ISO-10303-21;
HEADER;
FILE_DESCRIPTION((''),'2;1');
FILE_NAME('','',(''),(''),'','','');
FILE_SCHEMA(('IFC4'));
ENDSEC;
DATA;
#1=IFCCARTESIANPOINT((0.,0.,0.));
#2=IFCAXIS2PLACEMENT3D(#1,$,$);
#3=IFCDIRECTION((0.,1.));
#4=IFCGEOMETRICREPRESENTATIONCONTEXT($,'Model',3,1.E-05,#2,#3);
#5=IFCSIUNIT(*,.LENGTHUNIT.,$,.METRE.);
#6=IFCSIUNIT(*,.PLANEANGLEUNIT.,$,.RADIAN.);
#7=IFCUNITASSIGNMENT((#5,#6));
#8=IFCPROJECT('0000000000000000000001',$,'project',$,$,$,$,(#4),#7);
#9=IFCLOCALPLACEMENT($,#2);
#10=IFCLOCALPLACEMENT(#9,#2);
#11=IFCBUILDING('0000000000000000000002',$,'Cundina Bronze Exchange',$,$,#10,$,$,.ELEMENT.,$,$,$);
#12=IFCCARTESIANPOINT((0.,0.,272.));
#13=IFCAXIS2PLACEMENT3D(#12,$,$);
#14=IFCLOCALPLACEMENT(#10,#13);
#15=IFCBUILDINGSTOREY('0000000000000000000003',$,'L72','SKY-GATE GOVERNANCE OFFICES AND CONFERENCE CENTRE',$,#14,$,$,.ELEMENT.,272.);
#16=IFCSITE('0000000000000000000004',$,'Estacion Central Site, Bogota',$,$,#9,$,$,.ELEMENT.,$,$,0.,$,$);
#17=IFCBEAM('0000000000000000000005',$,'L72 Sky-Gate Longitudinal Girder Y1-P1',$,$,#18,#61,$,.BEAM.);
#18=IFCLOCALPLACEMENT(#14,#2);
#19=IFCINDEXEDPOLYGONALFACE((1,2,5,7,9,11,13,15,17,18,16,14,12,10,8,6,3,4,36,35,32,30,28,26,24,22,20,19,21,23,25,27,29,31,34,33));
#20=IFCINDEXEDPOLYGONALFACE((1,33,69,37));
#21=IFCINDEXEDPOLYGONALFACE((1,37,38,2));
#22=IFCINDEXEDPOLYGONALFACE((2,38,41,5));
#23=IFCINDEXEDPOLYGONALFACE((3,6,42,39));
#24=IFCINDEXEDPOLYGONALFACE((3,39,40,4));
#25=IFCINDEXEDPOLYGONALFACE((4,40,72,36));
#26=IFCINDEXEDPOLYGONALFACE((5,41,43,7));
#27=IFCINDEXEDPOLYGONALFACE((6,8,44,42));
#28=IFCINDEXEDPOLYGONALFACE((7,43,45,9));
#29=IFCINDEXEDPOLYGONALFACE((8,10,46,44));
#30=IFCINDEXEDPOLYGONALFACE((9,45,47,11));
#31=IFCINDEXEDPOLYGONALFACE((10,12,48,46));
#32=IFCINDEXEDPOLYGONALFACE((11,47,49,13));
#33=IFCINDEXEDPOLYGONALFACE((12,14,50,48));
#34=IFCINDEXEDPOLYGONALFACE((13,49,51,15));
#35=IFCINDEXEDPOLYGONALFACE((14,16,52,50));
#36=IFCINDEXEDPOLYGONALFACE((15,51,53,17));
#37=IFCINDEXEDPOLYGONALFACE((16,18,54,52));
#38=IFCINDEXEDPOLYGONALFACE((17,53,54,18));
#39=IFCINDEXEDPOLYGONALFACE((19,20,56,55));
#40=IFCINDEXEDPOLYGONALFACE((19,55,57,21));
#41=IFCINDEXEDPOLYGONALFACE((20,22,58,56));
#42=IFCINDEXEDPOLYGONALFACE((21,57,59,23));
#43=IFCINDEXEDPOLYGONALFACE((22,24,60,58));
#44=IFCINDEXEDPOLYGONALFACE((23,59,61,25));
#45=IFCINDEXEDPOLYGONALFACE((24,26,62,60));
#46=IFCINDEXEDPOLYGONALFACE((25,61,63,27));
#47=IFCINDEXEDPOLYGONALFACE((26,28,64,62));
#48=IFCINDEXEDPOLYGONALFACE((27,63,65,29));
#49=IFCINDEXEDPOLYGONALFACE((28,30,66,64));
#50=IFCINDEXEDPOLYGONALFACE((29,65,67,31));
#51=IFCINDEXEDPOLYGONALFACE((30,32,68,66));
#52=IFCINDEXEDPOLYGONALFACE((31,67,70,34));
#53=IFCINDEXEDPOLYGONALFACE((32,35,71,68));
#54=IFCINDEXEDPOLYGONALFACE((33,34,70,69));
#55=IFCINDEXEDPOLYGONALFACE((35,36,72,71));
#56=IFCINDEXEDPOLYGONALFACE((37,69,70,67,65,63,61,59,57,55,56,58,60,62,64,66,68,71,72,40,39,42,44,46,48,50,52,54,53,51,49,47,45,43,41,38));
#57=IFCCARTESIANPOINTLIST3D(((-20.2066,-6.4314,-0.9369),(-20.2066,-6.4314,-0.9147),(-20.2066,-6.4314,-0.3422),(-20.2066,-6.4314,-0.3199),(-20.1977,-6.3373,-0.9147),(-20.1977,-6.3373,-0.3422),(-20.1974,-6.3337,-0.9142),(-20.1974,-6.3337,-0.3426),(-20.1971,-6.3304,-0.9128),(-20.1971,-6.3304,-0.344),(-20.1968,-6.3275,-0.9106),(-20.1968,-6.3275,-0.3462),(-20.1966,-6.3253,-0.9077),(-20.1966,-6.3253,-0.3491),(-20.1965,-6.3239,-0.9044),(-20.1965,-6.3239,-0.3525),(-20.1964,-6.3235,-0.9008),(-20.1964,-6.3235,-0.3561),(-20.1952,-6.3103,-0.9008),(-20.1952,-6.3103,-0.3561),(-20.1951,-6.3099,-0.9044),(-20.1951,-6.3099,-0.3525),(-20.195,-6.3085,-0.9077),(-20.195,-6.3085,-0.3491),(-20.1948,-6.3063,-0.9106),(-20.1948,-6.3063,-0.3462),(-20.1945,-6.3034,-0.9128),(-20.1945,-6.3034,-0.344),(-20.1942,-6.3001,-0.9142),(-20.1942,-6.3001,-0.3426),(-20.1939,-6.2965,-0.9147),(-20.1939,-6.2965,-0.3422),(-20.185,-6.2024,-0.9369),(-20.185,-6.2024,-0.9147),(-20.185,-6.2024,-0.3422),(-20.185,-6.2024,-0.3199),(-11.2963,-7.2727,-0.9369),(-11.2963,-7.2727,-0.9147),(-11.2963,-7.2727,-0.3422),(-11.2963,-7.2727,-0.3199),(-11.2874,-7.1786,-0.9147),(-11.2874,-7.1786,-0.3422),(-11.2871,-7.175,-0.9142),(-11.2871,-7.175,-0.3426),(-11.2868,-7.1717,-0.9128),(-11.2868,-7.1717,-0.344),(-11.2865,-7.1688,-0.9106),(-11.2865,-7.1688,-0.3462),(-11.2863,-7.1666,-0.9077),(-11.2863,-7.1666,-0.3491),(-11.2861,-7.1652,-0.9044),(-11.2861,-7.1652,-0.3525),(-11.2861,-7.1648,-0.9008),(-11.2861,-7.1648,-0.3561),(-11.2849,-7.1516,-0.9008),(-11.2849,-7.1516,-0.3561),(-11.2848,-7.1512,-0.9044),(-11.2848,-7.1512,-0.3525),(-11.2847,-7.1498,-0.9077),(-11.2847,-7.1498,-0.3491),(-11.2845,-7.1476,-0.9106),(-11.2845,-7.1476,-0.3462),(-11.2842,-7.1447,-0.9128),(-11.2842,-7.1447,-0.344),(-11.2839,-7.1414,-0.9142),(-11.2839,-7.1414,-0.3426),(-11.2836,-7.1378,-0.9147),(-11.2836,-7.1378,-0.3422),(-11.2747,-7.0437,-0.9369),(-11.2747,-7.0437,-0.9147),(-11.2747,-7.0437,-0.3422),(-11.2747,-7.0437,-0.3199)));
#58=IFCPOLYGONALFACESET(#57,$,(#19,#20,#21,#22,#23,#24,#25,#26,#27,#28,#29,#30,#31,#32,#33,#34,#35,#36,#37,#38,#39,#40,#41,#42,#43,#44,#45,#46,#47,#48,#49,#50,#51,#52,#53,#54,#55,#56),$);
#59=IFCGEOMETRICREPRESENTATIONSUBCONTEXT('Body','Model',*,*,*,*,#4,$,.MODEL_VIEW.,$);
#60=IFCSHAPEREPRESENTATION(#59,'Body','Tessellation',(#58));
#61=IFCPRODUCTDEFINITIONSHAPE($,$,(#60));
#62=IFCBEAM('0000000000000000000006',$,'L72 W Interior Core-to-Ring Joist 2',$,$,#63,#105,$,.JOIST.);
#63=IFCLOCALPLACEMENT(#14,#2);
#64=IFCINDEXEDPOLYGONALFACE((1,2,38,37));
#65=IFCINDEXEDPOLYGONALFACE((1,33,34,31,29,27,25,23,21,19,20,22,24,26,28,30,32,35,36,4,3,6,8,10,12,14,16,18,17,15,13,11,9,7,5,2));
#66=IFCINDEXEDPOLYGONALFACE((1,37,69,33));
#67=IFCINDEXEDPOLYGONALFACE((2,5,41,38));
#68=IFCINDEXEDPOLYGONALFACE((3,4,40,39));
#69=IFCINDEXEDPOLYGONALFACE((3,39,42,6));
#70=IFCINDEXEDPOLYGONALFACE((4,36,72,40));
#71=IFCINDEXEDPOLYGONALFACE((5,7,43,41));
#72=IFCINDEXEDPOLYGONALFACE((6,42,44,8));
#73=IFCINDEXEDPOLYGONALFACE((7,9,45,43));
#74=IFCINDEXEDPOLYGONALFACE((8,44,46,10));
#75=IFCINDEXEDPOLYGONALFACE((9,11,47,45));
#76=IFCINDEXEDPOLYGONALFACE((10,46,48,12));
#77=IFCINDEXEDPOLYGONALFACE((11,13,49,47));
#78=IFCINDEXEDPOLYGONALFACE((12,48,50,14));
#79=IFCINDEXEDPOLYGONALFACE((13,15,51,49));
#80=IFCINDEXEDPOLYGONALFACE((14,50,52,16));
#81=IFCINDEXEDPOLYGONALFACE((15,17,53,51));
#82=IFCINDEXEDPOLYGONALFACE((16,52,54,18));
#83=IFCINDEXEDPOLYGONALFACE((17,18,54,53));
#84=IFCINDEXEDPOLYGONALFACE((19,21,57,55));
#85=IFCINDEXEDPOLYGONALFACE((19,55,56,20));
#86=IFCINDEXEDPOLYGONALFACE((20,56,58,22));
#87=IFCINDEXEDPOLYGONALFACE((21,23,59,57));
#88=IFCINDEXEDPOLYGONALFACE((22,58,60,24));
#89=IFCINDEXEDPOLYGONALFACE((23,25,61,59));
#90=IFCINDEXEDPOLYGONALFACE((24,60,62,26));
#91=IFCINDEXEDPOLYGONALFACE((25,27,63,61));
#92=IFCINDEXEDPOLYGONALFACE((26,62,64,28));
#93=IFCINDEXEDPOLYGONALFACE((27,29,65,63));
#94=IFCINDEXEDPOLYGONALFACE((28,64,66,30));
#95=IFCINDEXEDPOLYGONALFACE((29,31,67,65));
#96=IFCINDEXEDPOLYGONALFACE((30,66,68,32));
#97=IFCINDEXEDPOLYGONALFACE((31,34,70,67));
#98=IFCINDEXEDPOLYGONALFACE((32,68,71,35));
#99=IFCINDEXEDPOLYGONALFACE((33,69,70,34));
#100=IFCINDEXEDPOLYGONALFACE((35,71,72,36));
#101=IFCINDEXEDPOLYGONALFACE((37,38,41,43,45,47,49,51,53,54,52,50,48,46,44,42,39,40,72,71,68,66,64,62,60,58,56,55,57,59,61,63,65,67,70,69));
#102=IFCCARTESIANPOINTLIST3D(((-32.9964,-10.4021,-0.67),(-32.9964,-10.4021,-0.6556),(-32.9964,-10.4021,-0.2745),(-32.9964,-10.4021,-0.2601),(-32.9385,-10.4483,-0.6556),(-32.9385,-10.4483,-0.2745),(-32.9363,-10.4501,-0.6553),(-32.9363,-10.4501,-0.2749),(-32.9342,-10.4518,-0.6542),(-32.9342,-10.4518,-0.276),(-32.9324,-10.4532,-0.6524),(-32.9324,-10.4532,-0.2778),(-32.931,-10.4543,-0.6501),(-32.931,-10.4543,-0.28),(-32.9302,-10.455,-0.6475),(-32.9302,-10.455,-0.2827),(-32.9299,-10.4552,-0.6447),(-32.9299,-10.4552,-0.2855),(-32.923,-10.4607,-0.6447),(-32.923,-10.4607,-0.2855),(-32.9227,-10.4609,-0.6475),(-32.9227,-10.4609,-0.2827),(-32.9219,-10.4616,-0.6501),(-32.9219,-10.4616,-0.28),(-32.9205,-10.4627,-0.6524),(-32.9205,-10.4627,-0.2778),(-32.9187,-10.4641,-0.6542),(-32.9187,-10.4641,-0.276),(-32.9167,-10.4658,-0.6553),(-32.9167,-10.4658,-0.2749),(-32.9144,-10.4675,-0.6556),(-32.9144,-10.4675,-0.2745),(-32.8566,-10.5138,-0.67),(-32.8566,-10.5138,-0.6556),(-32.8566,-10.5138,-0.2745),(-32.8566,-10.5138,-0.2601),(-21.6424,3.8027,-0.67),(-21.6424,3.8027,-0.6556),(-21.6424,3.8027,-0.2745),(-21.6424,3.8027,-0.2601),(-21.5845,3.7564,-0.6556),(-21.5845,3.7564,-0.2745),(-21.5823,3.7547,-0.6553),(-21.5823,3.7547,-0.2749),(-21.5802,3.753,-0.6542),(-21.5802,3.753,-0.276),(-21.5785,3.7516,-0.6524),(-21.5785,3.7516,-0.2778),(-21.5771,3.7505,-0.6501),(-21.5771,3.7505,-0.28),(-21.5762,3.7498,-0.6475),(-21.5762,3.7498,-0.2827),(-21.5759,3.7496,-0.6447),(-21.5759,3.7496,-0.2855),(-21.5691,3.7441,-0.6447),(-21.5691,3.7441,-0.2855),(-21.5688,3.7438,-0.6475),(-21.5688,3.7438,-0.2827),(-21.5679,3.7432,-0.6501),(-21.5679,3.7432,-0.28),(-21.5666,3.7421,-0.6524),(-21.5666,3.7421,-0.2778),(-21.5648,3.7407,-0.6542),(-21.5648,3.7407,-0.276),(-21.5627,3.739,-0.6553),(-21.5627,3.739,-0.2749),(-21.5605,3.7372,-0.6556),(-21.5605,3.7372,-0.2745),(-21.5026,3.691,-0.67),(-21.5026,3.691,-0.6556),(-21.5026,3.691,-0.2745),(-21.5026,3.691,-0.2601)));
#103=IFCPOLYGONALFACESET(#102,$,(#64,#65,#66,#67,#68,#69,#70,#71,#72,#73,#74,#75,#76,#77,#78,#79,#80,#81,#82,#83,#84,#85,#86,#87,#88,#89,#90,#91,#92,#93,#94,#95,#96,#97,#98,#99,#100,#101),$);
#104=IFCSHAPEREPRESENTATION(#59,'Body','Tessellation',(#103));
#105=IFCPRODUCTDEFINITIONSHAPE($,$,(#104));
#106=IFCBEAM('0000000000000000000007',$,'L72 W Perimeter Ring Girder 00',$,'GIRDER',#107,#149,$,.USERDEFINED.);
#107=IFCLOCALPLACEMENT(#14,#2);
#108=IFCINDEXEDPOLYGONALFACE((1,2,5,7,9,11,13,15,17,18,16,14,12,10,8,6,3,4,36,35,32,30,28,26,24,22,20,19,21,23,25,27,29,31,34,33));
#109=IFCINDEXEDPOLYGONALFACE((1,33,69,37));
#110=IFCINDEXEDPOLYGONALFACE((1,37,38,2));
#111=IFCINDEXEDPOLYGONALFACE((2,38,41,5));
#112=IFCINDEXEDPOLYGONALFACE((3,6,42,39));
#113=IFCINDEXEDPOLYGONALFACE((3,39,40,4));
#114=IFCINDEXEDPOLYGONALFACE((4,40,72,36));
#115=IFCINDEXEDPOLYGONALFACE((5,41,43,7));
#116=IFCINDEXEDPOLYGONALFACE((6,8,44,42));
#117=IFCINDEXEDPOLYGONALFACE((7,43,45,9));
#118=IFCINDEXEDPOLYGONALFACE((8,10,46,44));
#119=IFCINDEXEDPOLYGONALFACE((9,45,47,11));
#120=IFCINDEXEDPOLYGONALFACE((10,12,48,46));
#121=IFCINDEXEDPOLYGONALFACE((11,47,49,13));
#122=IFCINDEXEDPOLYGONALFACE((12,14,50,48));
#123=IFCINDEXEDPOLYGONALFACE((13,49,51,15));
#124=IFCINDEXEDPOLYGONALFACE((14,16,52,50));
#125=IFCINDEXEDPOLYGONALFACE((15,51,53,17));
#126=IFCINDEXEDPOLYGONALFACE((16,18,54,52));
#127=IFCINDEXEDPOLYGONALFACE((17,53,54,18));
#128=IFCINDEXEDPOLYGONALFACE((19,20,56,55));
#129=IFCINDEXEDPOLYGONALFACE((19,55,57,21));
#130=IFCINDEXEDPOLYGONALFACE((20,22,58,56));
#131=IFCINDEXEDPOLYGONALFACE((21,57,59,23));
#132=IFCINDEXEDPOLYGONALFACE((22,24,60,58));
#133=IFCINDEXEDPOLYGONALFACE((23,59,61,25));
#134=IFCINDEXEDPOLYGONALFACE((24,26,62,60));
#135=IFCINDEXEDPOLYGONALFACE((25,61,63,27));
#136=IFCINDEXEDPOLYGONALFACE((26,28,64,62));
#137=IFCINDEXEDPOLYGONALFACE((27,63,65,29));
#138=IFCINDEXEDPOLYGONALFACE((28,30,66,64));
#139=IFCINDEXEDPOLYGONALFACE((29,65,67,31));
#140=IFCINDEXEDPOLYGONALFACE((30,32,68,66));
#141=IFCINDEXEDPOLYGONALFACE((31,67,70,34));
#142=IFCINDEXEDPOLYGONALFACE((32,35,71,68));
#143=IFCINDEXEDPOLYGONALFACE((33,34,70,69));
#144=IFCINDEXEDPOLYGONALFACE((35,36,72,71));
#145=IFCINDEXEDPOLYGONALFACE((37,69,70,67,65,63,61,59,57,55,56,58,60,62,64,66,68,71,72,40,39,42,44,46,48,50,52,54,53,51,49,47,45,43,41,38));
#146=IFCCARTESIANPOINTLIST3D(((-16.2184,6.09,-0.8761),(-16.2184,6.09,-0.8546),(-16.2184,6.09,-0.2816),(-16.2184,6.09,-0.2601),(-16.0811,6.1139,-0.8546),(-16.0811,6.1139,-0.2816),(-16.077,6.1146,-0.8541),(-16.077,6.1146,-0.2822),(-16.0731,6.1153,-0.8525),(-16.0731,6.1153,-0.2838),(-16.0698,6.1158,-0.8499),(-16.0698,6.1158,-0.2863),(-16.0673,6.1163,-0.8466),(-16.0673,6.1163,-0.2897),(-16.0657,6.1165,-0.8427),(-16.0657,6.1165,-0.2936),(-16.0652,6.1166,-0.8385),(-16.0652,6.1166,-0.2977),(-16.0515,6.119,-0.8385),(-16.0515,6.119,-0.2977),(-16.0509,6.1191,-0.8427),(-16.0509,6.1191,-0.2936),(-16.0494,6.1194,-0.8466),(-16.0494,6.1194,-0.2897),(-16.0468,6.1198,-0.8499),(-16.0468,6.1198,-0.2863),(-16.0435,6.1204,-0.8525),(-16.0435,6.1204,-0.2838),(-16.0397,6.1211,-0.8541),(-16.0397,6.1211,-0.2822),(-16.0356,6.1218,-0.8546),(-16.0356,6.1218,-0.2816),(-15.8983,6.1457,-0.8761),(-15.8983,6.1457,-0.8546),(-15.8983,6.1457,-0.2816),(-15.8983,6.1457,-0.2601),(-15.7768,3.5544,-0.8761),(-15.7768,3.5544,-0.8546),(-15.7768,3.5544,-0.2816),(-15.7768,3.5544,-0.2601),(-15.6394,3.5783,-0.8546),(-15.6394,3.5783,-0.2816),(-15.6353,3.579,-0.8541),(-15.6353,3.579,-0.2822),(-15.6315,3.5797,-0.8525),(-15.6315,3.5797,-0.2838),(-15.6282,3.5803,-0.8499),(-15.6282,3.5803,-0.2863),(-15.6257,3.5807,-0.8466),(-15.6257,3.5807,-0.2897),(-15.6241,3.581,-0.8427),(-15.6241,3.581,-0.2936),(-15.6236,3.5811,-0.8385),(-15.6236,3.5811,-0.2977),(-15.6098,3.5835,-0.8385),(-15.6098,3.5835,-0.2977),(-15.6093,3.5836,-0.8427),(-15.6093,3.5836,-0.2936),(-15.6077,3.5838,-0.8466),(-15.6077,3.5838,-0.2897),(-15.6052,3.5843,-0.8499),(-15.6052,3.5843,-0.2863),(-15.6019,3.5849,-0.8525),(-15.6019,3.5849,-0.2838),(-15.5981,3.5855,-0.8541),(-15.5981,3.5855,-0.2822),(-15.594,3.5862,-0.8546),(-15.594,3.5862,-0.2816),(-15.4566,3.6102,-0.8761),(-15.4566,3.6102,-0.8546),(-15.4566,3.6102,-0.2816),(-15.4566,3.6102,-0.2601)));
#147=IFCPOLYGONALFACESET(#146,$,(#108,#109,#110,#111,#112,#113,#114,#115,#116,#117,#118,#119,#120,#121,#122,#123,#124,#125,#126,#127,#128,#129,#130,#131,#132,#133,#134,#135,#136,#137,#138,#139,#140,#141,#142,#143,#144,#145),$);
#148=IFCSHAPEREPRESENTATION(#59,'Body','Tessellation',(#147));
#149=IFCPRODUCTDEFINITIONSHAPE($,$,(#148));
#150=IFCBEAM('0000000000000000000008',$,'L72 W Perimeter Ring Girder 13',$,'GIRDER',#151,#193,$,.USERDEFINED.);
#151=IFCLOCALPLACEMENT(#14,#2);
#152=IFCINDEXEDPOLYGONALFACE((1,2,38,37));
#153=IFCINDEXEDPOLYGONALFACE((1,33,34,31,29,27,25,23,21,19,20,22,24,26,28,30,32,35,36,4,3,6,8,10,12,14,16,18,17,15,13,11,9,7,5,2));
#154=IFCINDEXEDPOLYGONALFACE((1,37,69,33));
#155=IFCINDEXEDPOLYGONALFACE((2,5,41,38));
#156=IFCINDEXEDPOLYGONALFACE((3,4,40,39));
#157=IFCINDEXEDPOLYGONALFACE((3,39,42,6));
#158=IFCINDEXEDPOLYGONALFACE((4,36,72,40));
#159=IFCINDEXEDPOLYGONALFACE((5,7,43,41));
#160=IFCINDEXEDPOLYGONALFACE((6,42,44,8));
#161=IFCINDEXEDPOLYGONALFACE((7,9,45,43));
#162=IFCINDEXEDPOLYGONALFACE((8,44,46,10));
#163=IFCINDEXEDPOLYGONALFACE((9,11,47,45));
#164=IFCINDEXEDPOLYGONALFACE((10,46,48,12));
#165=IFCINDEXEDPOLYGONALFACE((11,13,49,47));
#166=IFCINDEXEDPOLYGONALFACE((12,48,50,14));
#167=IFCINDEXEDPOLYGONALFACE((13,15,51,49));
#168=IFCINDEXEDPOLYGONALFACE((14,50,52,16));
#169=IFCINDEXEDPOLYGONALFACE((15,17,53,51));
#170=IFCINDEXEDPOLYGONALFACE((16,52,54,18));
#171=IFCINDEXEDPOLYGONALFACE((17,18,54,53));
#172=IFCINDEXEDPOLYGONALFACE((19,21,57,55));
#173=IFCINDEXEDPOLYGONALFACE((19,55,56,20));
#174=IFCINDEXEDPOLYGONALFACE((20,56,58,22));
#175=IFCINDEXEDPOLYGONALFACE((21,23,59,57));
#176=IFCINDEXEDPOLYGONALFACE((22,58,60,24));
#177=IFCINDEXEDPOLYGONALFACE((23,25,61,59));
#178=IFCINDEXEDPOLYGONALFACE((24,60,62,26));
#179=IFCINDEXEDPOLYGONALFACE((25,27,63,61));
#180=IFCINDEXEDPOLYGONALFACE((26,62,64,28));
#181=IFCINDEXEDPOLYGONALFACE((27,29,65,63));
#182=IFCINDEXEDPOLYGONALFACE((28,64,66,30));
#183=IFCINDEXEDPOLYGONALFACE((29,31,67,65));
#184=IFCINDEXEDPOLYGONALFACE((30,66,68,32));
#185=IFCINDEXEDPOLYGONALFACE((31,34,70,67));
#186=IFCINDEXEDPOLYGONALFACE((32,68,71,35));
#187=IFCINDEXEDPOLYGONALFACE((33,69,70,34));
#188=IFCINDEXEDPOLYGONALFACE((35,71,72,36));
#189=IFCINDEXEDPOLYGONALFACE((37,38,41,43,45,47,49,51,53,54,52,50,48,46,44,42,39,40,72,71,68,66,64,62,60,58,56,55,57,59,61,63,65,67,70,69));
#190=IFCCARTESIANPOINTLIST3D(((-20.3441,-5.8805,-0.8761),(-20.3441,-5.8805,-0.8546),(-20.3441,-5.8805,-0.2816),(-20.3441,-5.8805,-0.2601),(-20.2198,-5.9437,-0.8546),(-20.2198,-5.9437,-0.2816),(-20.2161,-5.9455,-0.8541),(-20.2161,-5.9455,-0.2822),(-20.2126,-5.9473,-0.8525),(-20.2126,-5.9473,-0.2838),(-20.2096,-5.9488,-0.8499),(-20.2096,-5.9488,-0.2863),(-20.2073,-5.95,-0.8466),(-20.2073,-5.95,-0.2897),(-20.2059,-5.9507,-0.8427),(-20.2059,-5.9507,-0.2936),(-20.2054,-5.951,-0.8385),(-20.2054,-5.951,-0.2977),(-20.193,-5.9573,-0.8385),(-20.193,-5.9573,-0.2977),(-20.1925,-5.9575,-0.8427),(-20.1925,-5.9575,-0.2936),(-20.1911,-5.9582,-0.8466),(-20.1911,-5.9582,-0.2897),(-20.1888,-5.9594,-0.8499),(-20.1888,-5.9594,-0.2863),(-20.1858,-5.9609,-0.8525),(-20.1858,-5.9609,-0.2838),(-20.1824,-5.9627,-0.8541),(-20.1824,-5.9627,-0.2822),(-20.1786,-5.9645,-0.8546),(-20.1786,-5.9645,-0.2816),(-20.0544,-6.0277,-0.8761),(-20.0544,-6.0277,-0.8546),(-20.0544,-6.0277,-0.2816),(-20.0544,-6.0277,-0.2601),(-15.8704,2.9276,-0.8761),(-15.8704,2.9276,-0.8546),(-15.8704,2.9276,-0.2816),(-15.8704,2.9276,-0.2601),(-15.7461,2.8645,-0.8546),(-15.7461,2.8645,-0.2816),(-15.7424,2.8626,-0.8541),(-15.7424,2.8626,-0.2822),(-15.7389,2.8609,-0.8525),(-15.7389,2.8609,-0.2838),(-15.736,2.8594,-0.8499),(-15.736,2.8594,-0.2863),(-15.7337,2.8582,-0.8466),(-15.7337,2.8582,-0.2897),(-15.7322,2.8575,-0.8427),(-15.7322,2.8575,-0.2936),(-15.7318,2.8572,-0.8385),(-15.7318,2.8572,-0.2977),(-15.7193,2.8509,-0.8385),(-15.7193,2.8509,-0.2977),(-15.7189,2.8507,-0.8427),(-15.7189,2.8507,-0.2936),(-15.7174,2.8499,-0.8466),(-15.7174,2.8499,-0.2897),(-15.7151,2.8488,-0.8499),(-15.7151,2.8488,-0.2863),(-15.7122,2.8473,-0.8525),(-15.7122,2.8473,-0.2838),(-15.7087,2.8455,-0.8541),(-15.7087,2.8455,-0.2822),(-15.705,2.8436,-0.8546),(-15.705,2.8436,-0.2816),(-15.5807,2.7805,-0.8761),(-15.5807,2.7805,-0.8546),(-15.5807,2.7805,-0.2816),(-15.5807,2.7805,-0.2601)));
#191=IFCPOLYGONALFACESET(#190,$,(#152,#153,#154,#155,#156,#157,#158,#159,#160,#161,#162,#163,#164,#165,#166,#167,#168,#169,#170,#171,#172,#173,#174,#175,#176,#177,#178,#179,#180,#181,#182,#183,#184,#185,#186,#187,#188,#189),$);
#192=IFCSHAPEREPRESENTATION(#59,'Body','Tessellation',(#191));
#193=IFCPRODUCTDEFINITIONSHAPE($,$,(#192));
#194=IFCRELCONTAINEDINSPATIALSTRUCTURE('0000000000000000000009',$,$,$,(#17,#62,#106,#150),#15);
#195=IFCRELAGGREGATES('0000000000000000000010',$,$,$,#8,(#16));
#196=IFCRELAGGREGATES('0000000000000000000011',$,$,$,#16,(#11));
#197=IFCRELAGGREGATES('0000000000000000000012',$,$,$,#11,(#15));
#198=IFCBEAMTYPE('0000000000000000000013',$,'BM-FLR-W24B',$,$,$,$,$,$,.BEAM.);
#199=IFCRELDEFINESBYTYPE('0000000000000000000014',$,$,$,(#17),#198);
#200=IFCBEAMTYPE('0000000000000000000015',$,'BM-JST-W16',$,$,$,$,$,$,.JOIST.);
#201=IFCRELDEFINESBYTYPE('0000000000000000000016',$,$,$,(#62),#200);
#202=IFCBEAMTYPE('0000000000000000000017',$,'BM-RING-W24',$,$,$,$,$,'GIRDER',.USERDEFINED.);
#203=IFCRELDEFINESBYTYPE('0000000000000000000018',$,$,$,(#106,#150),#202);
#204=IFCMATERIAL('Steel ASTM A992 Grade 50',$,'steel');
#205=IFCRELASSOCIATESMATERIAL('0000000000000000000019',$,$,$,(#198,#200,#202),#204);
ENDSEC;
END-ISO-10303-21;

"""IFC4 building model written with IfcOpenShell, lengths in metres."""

from ifc_helpers import new_model, si_unit, direction, frame, origin, origin_2d, place, context, subcontext, project, spatial, i_section, extrude, material, material_profile, profile_set, type_object, element, save


model = new_model("IFC4")

# Units and contexts
model_context = context("Model", 3, precision=1e-05, world=origin(), true_north=direction((0.0, 1.0)))
body_context = subcontext(model_context, "Body", "Model", "MODEL_VIEW")
ifc_project = project(units=[si_unit("LENGTHUNIT", "METRE"), si_unit("PLANEANGLEUNIT", "RADIAN")], contexts=[model_context])

# Site, building, storey
site_placement = place(None, origin())
site = spatial("IfcSite", under=ifc_project, at=site_placement, Name="Estacion Central Site, Bogota", CompositionType="ELEMENT", RefElevation=0.0)
building_placement = place(site_placement, origin())
building = spatial("IfcBuilding", under=site, at=building_placement, Name="Cundina Bronze Exchange", CompositionType="ELEMENT")
storey_placement = place(building_placement, frame((0.0, 0.0, 272.0)))
storey = spatial("IfcBuildingStorey", under=building, at=storey_placement, Name="L72", Description="SKY-GATE GOVERNANCE OFFICES AND CONFERENCE CENTRE", CompositionType="ELEMENT", Elevation=272.0)

# Shared definitions
ifc_material_1 = material(Name="Steel ASTM A992 Grade 50", Category="steel")

# Beams
ifc_material_profile_1 = material_profile(ifc_material_1, i_section(OverallWidth=0.23, OverallDepth=0.6169, WebThickness=0.0132, FlangeThickness=0.0222, FilletRadius=0.0139, at=origin_2d()), Name="W24X94", Category="steel")
ifc_profile_set_1 = profile_set([ifc_material_profile_1], Name="Steel ASTM A992 Grade 50")
beam_type_1 = type_object("IfcBeamType", Name="BM-FLR-W24B", PredefinedType="BEAM", material=ifc_profile_set_1)
beam_1_placement = place(storey_placement, frame((-20.1958, -6.3169, -0.6284), z_axis=(0.995572, -0.094001, 0.0), x_axis=(0.094001, 0.995572, 0.0)))
element("IfcBeam", 1, at=beam_1_placement, inside=storey, type_object=beam_type_1, Name="L72 Sky-Gate Longitudinal Girder Y1-P1", PredefinedType="BEAM", context=body_context, shape_type="SweptSolid", body=[
    extrude(i_section(OverallWidth=0.23, OverallDepth=0.6169, WebThickness=0.0132, FlangeThickness=0.0222, FilletRadius=0.0139, at=origin_2d()), origin(), (0.0, 0.0, 1.0), 8.95),
])
ifc_material_profile_2 = material_profile(ifc_material_1, i_section(OverallWidth=0.179, OverallDepth=0.4099, WebThickness=0.0088, FlangeThickness=0.0144, FilletRadius=0.011, at=origin_2d()), Name="W16X45", Category="steel")
ifc_profile_set_2 = profile_set([ifc_material_profile_2], Name="Steel ASTM A992 Grade 50")
beam_type_2 = type_object("IfcBeamType", Name="BM-JST-W16", PredefinedType="JOIST", material=ifc_profile_set_2)
beam_2_placement = place(storey_placement, frame((-21.5725, 3.7468, -0.4651), z_axis=(-0.624364, -0.781133, 0.0), x_axis=(0.781133, -0.624364, 0.0)))
element("IfcBeam", 2, at=beam_2_placement, inside=storey, type_object=beam_type_2, Name="L72 W Interior Core-to-Ring Joist 2", PredefinedType="JOIST", context=body_context, shape_type="SweptSolid", body=[
    extrude(i_section(OverallWidth=0.179, OverallDepth=0.4099, WebThickness=0.0088, FlangeThickness=0.0144, FilletRadius=0.011, at=origin_2d()), origin(), (0.0, 0.0, 1.0), 18.1848),
])
ifc_material_profile_3 = material_profile(ifc_material_1, i_section(OverallWidth=0.325, OverallDepth=0.616, WebThickness=0.0139, FlangeThickness=0.0215, FilletRadius=0.0161, at=origin_2d()), Name="W24X117", Category="steel")
ifc_profile_set_3 = profile_set([ifc_material_profile_3], Name="Steel ASTM A992 Grade 50")
beam_type_3 = type_object("IfcBeamType", Name="BM-RING-W24", ElementType="GIRDER", PredefinedType="USERDEFINED", material=ifc_profile_set_3)
beam_3_placement = place(storey_placement, frame((-15.6167, 3.5823, -0.5681), z_axis=(-0.171593, 0.985168, 0.0), x_axis=(-0.985168, -0.171593, 0.0)))
element("IfcBeam", 3, at=beam_3_placement, inside=storey, type_object=beam_type_3, Name="L72 W Perimeter Ring Girder 00", ObjectType="GIRDER", PredefinedType="USERDEFINED", context=body_context, shape_type="SweptSolid", body=[
    extrude(i_section(OverallWidth=0.325, OverallDepth=0.616, WebThickness=0.0139, FlangeThickness=0.0215, FilletRadius=0.0161, at=origin_2d()), origin(), (0.0, 0.0, 1.0), 2.5737),
])
beam_4_placement = place(storey_placement, frame((-20.1992, -5.9541, -0.5681), z_axis=(0.452839, 0.891592, 0.0), x_axis=(-0.891592, 0.452839, 0.0)))
element("IfcBeam", 4, at=beam_4_placement, inside=storey, type_object=beam_type_3, Name="L72 W Perimeter Ring Girder 13", ObjectType="GIRDER", PredefinedType="USERDEFINED", context=body_context, shape_type="SweptSolid", body=[
    extrude(i_section(OverallWidth=0.325, OverallDepth=0.616, WebThickness=0.0139, FlangeThickness=0.0215, FilletRadius=0.0161, at=origin_2d()), origin(), (0.0, 0.0, 1.0), 9.8792),
])

save(model, "model.ifc")
